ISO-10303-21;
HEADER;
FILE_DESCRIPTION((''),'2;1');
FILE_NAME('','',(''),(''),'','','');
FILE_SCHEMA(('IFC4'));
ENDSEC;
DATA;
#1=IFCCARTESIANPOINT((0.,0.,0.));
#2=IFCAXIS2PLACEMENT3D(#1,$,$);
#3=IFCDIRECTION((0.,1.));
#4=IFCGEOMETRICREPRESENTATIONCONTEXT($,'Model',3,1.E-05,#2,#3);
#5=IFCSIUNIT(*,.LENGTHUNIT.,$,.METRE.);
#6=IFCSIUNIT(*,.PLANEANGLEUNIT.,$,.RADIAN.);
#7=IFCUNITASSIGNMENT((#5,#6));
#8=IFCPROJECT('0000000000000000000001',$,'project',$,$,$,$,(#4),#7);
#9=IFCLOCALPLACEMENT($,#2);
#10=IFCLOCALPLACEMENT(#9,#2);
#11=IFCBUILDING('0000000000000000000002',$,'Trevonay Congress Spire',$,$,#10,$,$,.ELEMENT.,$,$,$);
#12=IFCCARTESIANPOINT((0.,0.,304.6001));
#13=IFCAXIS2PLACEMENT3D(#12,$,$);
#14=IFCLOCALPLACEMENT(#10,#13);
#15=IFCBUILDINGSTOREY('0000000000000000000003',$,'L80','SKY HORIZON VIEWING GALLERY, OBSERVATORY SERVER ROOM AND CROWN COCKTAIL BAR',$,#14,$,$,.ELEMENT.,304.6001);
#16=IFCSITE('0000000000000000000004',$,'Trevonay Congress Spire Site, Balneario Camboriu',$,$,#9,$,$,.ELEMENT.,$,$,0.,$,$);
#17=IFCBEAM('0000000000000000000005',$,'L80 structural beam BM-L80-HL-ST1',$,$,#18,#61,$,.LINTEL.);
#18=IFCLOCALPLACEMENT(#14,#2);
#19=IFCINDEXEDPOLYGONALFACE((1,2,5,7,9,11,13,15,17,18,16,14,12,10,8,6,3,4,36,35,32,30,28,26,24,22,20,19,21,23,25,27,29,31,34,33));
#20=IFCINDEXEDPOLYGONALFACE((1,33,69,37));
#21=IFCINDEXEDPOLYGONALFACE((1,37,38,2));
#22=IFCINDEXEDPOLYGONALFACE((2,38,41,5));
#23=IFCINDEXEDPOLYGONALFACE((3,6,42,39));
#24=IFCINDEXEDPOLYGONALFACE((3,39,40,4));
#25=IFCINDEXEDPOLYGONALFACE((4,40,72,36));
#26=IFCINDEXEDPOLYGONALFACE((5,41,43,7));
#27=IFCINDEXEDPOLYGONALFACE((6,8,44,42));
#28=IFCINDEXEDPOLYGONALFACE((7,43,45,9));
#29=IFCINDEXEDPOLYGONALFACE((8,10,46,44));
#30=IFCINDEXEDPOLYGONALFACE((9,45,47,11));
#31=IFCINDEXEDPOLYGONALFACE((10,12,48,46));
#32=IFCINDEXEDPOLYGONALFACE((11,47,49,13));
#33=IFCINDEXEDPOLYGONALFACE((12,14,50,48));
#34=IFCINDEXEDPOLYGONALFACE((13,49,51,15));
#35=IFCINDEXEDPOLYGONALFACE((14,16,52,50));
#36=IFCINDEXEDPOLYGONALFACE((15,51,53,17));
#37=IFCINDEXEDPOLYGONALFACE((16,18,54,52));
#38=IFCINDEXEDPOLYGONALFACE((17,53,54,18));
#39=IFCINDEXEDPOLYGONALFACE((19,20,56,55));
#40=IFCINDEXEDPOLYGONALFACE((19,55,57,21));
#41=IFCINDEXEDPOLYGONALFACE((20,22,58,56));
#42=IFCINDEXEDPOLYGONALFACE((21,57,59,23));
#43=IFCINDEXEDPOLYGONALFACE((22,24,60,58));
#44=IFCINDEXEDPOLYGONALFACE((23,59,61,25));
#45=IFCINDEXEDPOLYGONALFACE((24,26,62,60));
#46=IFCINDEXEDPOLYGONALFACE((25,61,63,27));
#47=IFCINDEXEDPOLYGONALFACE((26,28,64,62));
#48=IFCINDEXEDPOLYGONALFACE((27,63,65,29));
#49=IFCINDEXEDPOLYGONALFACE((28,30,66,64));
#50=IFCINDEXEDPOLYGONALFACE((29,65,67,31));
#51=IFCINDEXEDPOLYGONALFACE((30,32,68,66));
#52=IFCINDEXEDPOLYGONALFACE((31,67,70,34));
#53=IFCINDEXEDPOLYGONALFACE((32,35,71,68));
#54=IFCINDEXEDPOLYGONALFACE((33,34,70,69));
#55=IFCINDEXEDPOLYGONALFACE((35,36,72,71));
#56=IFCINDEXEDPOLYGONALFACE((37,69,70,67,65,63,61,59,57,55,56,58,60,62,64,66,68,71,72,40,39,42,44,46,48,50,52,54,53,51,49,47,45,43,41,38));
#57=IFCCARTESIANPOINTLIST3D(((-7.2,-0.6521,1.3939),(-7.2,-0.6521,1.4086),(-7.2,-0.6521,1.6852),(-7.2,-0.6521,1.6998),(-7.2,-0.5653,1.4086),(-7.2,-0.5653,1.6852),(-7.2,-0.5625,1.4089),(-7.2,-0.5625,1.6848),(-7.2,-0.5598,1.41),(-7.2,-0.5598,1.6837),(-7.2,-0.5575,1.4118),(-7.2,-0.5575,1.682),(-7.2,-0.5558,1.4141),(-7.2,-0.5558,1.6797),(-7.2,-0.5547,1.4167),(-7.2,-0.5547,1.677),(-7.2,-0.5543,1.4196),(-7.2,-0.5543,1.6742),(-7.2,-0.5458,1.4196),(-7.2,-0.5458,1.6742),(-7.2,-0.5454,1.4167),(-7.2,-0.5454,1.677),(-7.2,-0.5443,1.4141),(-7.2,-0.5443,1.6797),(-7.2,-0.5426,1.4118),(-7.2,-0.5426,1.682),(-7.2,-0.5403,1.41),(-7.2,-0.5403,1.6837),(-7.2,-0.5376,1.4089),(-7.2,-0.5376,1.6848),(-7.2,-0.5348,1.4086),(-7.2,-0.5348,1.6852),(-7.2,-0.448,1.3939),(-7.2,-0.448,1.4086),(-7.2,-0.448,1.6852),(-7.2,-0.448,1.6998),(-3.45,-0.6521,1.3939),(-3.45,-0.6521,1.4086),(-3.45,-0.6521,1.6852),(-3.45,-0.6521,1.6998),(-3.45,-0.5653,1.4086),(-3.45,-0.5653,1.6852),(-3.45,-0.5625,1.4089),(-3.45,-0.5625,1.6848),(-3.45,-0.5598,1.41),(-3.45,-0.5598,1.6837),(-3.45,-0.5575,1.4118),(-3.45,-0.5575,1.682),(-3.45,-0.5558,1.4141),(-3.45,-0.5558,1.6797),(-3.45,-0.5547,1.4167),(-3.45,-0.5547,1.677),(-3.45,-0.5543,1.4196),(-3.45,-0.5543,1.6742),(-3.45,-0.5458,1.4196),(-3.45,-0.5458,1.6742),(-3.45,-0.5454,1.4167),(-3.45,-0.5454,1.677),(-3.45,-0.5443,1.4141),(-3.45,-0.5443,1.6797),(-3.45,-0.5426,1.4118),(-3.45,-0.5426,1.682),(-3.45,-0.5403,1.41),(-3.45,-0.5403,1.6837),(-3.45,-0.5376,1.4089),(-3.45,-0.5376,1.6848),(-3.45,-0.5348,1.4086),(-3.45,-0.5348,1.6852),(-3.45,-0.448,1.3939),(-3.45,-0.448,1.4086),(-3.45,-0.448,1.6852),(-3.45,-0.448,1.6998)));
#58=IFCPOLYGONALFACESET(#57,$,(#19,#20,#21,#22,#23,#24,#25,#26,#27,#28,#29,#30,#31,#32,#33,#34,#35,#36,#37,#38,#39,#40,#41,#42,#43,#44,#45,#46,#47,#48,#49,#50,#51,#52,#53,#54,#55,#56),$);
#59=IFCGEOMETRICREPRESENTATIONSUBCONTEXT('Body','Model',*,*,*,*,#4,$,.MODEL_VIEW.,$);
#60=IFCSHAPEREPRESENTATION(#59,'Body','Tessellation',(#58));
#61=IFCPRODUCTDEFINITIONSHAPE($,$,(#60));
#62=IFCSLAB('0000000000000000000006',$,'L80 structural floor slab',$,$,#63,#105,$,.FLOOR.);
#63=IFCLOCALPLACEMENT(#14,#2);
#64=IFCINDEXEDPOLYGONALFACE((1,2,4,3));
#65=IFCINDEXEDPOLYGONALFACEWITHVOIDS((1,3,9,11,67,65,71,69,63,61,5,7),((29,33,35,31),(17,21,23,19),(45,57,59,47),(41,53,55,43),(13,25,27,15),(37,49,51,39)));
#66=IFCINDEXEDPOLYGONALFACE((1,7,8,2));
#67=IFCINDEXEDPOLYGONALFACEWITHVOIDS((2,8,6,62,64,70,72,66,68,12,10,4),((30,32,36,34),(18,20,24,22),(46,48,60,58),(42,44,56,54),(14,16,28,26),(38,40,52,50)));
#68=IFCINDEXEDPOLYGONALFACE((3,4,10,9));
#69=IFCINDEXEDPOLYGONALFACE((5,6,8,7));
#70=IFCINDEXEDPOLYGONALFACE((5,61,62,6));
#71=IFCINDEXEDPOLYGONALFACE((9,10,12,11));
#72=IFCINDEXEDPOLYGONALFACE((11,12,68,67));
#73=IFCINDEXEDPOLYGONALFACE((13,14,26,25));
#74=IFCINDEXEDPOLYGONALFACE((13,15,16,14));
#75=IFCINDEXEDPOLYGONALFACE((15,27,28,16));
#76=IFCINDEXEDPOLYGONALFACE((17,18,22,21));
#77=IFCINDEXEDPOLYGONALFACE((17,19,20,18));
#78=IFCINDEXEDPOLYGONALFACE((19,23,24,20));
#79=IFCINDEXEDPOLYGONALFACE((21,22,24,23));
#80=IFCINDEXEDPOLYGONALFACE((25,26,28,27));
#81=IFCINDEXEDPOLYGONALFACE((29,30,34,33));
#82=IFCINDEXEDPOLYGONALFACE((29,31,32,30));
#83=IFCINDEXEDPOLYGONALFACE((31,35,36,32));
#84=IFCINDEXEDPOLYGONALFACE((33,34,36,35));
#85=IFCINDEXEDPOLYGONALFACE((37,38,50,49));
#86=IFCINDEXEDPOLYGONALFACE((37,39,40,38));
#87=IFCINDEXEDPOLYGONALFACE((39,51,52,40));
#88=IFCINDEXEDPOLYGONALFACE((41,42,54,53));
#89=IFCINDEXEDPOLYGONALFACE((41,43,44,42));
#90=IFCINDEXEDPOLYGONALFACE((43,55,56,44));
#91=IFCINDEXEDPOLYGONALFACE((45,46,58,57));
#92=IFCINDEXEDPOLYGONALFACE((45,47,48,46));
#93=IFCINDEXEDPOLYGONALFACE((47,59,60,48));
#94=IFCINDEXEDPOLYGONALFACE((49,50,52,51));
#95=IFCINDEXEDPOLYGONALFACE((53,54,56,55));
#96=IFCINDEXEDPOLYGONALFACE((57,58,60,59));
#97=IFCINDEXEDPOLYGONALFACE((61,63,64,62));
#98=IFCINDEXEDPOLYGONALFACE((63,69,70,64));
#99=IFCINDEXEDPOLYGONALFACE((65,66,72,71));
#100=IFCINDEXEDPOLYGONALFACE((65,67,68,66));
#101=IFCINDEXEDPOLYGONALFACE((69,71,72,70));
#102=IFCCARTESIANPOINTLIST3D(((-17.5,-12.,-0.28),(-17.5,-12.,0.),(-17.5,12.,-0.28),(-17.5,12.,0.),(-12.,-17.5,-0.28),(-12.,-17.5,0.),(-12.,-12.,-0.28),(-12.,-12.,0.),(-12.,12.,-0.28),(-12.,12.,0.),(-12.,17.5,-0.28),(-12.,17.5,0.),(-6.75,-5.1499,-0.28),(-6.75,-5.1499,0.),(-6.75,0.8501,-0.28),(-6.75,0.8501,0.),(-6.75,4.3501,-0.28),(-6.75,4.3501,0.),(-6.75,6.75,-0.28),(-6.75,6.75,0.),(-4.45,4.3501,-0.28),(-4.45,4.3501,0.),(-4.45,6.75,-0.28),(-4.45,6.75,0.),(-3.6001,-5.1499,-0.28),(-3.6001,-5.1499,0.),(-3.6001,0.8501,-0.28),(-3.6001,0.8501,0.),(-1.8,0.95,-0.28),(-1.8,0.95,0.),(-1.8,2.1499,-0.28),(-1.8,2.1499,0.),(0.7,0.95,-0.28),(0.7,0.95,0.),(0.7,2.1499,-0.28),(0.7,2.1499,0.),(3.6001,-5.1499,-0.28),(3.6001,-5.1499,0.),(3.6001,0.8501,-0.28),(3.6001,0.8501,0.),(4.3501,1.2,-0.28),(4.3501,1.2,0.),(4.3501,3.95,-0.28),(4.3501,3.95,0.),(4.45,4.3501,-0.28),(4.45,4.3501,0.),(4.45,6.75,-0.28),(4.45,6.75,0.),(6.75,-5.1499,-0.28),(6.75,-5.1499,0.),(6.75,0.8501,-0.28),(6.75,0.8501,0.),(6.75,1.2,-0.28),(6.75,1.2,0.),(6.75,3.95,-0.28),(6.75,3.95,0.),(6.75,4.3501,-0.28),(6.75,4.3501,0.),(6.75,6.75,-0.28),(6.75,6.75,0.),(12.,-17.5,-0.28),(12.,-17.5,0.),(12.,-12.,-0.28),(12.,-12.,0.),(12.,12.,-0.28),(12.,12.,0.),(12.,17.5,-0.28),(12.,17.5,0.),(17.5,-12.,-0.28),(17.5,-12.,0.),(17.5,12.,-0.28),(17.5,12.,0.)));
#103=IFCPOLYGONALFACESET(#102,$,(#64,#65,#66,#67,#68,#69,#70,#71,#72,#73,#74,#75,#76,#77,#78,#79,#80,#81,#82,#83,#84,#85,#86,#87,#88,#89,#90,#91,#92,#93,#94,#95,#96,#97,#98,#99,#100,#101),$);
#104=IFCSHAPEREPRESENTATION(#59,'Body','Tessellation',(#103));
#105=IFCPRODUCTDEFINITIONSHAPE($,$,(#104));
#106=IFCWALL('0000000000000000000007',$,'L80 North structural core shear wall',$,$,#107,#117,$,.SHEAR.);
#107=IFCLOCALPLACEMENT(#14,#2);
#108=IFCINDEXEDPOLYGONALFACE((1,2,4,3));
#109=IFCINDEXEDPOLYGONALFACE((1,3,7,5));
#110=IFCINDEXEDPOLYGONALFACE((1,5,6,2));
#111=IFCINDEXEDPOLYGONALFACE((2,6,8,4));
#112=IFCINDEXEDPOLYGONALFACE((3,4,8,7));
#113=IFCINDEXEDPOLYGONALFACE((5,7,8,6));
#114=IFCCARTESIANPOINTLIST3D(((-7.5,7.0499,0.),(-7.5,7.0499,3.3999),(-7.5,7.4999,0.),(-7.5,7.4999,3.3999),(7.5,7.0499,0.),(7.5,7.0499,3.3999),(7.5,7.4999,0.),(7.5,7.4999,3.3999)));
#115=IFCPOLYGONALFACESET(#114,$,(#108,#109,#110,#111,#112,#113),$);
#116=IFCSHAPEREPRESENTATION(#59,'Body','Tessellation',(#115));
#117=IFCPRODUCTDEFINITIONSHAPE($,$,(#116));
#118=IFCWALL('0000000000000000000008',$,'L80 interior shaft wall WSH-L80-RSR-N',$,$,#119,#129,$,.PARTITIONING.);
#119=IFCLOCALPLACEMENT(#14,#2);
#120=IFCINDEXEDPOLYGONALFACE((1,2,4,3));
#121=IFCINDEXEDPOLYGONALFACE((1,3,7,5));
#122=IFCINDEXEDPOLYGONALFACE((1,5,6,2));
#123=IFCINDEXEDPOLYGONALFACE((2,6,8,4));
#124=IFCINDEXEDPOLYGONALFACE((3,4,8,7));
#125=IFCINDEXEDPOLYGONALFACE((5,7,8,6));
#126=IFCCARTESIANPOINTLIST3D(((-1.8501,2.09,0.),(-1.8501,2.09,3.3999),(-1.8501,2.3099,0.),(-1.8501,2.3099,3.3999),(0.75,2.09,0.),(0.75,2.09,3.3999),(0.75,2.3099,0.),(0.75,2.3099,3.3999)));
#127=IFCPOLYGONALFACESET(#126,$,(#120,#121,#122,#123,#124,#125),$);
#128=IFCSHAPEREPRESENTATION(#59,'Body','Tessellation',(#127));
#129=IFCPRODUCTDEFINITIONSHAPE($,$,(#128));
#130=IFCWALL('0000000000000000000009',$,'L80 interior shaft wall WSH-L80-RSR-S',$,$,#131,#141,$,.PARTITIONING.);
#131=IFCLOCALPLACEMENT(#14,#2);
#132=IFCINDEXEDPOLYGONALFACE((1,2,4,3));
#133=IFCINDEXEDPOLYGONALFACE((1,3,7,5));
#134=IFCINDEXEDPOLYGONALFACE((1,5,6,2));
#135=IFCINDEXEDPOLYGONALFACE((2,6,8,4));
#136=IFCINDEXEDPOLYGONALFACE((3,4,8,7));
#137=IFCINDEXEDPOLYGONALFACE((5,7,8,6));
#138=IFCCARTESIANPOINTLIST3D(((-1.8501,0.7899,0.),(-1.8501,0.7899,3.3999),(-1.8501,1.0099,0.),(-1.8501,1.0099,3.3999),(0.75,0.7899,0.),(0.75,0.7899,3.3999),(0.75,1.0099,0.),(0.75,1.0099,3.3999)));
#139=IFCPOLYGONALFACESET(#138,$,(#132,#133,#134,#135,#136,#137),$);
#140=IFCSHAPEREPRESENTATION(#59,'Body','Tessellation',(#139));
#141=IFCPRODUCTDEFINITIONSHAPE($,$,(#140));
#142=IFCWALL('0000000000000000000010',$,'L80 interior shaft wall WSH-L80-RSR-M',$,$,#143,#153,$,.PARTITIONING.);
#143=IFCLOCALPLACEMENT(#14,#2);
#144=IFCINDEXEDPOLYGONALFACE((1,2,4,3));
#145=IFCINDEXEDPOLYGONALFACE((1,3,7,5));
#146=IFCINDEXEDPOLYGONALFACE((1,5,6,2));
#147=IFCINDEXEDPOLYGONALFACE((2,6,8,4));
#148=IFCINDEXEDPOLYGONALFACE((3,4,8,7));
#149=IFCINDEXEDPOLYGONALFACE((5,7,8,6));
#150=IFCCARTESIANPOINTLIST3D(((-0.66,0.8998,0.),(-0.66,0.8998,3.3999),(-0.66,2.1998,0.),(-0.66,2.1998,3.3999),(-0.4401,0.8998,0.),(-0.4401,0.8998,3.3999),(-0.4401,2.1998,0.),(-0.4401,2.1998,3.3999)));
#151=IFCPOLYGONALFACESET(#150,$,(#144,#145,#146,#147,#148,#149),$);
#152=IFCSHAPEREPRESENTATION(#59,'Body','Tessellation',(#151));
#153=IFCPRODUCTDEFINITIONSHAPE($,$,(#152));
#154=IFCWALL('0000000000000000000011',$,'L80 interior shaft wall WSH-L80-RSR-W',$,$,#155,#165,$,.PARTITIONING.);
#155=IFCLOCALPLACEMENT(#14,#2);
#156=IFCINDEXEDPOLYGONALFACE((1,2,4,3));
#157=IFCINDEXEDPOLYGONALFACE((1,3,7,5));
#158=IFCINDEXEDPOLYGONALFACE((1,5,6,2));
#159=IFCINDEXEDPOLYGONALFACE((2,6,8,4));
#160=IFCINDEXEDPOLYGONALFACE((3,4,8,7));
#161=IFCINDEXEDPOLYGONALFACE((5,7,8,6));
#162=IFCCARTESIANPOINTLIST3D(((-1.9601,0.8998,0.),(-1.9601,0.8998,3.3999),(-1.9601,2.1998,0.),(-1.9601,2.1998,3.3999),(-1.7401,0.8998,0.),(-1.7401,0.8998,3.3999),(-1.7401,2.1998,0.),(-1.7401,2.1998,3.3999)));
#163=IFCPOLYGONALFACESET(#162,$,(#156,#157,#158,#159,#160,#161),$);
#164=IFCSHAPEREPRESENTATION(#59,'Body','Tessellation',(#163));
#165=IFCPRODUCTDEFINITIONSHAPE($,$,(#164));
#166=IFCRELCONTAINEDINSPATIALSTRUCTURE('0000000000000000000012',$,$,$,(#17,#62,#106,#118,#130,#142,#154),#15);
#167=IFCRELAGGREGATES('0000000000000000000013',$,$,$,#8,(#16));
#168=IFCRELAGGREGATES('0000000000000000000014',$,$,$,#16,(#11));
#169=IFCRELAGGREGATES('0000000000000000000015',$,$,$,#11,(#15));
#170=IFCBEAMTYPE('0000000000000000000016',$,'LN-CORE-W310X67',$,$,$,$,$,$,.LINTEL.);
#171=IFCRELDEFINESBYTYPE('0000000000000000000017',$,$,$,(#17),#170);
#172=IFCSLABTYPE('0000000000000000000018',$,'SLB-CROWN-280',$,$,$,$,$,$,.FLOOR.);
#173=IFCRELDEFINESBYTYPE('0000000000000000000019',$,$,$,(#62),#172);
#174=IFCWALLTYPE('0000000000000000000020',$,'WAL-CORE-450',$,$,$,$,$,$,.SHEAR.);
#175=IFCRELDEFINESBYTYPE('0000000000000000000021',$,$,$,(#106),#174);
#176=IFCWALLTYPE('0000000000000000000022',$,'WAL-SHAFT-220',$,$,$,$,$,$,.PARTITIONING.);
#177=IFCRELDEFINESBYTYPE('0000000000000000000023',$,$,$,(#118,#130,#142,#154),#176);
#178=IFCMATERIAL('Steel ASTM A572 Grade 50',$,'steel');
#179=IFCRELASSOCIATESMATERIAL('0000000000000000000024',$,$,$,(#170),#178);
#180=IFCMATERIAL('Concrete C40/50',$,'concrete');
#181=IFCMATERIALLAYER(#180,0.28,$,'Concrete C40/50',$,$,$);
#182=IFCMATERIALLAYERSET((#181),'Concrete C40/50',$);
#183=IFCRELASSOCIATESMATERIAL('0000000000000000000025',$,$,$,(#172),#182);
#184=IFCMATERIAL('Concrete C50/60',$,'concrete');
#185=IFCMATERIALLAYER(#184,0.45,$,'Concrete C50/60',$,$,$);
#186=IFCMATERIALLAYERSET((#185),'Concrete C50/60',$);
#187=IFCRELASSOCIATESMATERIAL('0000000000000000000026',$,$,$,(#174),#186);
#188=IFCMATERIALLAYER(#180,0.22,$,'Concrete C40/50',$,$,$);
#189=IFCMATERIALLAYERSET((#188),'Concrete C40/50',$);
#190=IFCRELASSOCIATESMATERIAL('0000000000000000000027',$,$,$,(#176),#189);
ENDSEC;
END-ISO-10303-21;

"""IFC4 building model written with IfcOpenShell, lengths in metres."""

from ifc_helpers import new_model, si_unit, direction, frame, frame_2d, origin, origin_2d, place, context, subcontext, project, spatial, polyline, rectangle, i_section, outline, extrude, material, layer, layer_set, material_profile, profile_set, type_object, element, save


model = new_model("IFC4")

# Units and contexts
model_context = context("Model", 3, precision=1e-05, world=origin(), true_north=direction((0.0, 1.0)))
body_context = subcontext(model_context, "Body", "Model", "MODEL_VIEW")
ifc_project = project(units=[si_unit("LENGTHUNIT", "METRE"), si_unit("PLANEANGLEUNIT", "RADIAN")], contexts=[model_context])

# Site, building, storey
site_placement = place(None, origin())
site = spatial("IfcSite", under=ifc_project, at=site_placement, Name="Trevonay Congress Spire Site, Balneario Camboriu", CompositionType="ELEMENT", RefElevation=0.0)
building_placement = place(site_placement, origin())
building = spatial("IfcBuilding", under=site, at=building_placement, Name="Trevonay Congress Spire", CompositionType="ELEMENT")
storey_placement = place(building_placement, frame((0.0, 0.0, 304.6001)))
storey = spatial("IfcBuildingStorey", under=building, at=storey_placement, Name="L80", Description="SKY HORIZON VIEWING GALLERY, OBSERVATORY SERVER ROOM AND CROWN COCKTAIL BAR", CompositionType="ELEMENT", Elevation=304.6001)

# Shared definitions
ifc_material_1 = material(Name="Steel ASTM A572 Grade 50", Category="steel")

# Beam
ifc_material_profile_1 = material_profile(ifc_material_1, i_section(OverallWidth=0.2041, OverallDepth=0.3059, WebThickness=0.0085, FlangeThickness=0.0146, FilletRadius=0.011, at=origin_2d()), Name="W310x67")
ifc_profile_set_1 = profile_set([ifc_material_profile_1], Name="Steel ASTM A572 Grade 50")
beam_type_1 = type_object("IfcBeamType", Name="LN-CORE-W310X67", PredefinedType="LINTEL", material=ifc_profile_set_1)
beam_1_placement = place(storey_placement, frame((-7.2, -0.55, 1.5469), z_axis=(1.0, 0.0, 0.0), x_axis=(0.0, 1.0, 0.0)))
element("IfcBeam", 1, at=beam_1_placement, inside=storey, type_object=beam_type_1, Name="L80 structural beam BM-L80-HL-ST1", PredefinedType="LINTEL", context=body_context, shape_type="SweptSolid", body=[
    extrude(i_section(OverallWidth=0.2041, OverallDepth=0.3059, WebThickness=0.0085, FlangeThickness=0.0146, FilletRadius=0.011, at=origin_2d()), origin(), (0.0, 0.0, 1.0), 3.75),
])

# Slab
ifc_material_2 = material(Name="Concrete C40/50", Category="concrete")
ifc_layer_1 = layer(ifc_material_2, 0.28, Name="Concrete C40/50")
ifc_layer_set_1 = layer_set([ifc_layer_1], Name="Concrete C40/50")
slab_type = type_object("IfcSlabType", Name="SLB-CROWN-280", PredefinedType="FLOOR", material=ifc_layer_set_1)
slab_placement = place(storey_placement, frame((0.0, 0.0, -0.28)))
element("IfcSlab", 2, at=slab_placement, inside=storey, type_object=slab_type, Name="L80 structural floor slab", PredefinedType="FLOOR", context=body_context, shape_type="SweptSolid", body=[
    extrude(outline(polyline([(-12.0, -17.5), (12.0, -17.5), (12.0, -12.0), (17.5, -12.0), (17.5, 12.0), (12.0, 12.0), (12.0, 17.5), (-12.0, 17.5), (-12.0, 12.0), (-17.5, 12.0), (-17.5, -12.0), (-12.0, -12.0), (-12.0, -17.5)]), holes=[polyline([(-3.6001, -5.1499), (-3.6001, 0.8501), (-6.75, 0.8501), (-6.75, -5.1499), (-3.6001, -5.1499)]), polyline([(6.75, -5.1499), (6.75, 0.8501), (3.6001, 0.8501), (3.6001, -5.1499), (6.75, -5.1499)]), polyline([(-6.75, 4.3501), (-4.45, 4.3501), (-4.45, 6.75), (-6.75, 6.75), (-6.75, 4.3501)]), polyline([(4.45, 4.3501), (6.75, 4.3501), (6.75, 6.75), (4.45, 6.75), (4.45, 4.3501)]), polyline([(4.3501, 1.2), (6.75, 1.2), (6.75, 3.95), (4.3501, 3.95), (4.3501, 1.2)]), polyline([(-1.8, 0.95), (0.7, 0.95), (0.7, 2.1499), (-1.8, 2.1499), (-1.8, 0.95)])]), origin(), (0.0, 0.0, 1.0), 0.28),
])

# Walls
ifc_material_3 = material(Name="Concrete C50/60", Category="concrete")
ifc_layer_2 = layer(ifc_material_3, 0.45, Name="Concrete C50/60")
ifc_layer_set_2 = layer_set([ifc_layer_2], Name="Concrete C50/60")
wall_type_1 = type_object("IfcWallType", Name="WAL-CORE-450", PredefinedType="SHEAR", material=ifc_layer_set_2)
wall_1_placement = place(storey_placement, frame((-7.5, 7.2749, 0.0), z_axis=(0.0, 0.0, 1.0), x_axis=(1.0, 0.0, 0.0)))
element("IfcWall", 3, at=wall_1_placement, inside=storey, type_object=wall_type_1, Name="L80 North structural core shear wall", PredefinedType="SHEAR", context=body_context, shape_type="SweptSolid", body=[
    extrude(rectangle(XDim=15.0, YDim=0.45, at=frame_2d((7.5, 0.0))), origin(), (0.0, 0.0, 1.0), 3.3999),
])
ifc_layer_3 = layer(ifc_material_2, 0.22, Name="Concrete C40/50")
ifc_layer_set_3 = layer_set([ifc_layer_3], Name="Concrete C40/50")
wall_type_2 = type_object("IfcWallType", Name="WAL-SHAFT-220", PredefinedType="PARTITIONING", material=ifc_layer_set_3)
for number, where, z_axis, x_axis, name in (
    (4, (-1.8501, 2.2, 0.0), (0.0, 0.0, 1.0), (1.0, 0.0, 0.0), "L80 interior shaft wall WSH-L80-RSR-N"),
    (5, (-1.8501, 0.8999, 0.0), (0.0, 0.0, 1.0), (1.0, 0.0, 0.0), "L80 interior shaft wall WSH-L80-RSR-S"),
):
    element("IfcWall", number, at=place(storey_placement, frame(where, z_axis=z_axis, x_axis=x_axis)), inside=storey, type_object=wall_type_2, Name=name, PredefinedType="PARTITIONING", context=body_context, shape_type="SweptSolid", body=[
        extrude(rectangle(XDim=2.6001, YDim=0.22, at=frame_2d((1.3, 0.0))), origin(), (0.0, 0.0, 1.0), 3.3999),
    ])
for number, where, z_axis, x_axis, name in (
    (6, (-0.55, 0.8999, 0.0), (0.0, 0.0, 1.0), (0.0, 1.0, 0.0), "L80 interior shaft wall WSH-L80-RSR-M"),
    (7, (-1.8501, 0.8999, 0.0), (0.0, 0.0, 1.0), (0.0, 1.0, 0.0), "L80 interior shaft wall WSH-L80-RSR-W"),
):
    element("IfcWall", number, at=place(storey_placement, frame(where, z_axis=z_axis, x_axis=x_axis)), inside=storey, type_object=wall_type_2, Name=name, PredefinedType="PARTITIONING", context=body_context, shape_type="SweptSolid", body=[
        extrude(rectangle(XDim=1.3, YDim=0.22, at=frame_2d((0.6499, 0.0))), origin(), (0.0, 0.0, 1.0), 3.3999),
    ])

save(model, "model.ifc")
